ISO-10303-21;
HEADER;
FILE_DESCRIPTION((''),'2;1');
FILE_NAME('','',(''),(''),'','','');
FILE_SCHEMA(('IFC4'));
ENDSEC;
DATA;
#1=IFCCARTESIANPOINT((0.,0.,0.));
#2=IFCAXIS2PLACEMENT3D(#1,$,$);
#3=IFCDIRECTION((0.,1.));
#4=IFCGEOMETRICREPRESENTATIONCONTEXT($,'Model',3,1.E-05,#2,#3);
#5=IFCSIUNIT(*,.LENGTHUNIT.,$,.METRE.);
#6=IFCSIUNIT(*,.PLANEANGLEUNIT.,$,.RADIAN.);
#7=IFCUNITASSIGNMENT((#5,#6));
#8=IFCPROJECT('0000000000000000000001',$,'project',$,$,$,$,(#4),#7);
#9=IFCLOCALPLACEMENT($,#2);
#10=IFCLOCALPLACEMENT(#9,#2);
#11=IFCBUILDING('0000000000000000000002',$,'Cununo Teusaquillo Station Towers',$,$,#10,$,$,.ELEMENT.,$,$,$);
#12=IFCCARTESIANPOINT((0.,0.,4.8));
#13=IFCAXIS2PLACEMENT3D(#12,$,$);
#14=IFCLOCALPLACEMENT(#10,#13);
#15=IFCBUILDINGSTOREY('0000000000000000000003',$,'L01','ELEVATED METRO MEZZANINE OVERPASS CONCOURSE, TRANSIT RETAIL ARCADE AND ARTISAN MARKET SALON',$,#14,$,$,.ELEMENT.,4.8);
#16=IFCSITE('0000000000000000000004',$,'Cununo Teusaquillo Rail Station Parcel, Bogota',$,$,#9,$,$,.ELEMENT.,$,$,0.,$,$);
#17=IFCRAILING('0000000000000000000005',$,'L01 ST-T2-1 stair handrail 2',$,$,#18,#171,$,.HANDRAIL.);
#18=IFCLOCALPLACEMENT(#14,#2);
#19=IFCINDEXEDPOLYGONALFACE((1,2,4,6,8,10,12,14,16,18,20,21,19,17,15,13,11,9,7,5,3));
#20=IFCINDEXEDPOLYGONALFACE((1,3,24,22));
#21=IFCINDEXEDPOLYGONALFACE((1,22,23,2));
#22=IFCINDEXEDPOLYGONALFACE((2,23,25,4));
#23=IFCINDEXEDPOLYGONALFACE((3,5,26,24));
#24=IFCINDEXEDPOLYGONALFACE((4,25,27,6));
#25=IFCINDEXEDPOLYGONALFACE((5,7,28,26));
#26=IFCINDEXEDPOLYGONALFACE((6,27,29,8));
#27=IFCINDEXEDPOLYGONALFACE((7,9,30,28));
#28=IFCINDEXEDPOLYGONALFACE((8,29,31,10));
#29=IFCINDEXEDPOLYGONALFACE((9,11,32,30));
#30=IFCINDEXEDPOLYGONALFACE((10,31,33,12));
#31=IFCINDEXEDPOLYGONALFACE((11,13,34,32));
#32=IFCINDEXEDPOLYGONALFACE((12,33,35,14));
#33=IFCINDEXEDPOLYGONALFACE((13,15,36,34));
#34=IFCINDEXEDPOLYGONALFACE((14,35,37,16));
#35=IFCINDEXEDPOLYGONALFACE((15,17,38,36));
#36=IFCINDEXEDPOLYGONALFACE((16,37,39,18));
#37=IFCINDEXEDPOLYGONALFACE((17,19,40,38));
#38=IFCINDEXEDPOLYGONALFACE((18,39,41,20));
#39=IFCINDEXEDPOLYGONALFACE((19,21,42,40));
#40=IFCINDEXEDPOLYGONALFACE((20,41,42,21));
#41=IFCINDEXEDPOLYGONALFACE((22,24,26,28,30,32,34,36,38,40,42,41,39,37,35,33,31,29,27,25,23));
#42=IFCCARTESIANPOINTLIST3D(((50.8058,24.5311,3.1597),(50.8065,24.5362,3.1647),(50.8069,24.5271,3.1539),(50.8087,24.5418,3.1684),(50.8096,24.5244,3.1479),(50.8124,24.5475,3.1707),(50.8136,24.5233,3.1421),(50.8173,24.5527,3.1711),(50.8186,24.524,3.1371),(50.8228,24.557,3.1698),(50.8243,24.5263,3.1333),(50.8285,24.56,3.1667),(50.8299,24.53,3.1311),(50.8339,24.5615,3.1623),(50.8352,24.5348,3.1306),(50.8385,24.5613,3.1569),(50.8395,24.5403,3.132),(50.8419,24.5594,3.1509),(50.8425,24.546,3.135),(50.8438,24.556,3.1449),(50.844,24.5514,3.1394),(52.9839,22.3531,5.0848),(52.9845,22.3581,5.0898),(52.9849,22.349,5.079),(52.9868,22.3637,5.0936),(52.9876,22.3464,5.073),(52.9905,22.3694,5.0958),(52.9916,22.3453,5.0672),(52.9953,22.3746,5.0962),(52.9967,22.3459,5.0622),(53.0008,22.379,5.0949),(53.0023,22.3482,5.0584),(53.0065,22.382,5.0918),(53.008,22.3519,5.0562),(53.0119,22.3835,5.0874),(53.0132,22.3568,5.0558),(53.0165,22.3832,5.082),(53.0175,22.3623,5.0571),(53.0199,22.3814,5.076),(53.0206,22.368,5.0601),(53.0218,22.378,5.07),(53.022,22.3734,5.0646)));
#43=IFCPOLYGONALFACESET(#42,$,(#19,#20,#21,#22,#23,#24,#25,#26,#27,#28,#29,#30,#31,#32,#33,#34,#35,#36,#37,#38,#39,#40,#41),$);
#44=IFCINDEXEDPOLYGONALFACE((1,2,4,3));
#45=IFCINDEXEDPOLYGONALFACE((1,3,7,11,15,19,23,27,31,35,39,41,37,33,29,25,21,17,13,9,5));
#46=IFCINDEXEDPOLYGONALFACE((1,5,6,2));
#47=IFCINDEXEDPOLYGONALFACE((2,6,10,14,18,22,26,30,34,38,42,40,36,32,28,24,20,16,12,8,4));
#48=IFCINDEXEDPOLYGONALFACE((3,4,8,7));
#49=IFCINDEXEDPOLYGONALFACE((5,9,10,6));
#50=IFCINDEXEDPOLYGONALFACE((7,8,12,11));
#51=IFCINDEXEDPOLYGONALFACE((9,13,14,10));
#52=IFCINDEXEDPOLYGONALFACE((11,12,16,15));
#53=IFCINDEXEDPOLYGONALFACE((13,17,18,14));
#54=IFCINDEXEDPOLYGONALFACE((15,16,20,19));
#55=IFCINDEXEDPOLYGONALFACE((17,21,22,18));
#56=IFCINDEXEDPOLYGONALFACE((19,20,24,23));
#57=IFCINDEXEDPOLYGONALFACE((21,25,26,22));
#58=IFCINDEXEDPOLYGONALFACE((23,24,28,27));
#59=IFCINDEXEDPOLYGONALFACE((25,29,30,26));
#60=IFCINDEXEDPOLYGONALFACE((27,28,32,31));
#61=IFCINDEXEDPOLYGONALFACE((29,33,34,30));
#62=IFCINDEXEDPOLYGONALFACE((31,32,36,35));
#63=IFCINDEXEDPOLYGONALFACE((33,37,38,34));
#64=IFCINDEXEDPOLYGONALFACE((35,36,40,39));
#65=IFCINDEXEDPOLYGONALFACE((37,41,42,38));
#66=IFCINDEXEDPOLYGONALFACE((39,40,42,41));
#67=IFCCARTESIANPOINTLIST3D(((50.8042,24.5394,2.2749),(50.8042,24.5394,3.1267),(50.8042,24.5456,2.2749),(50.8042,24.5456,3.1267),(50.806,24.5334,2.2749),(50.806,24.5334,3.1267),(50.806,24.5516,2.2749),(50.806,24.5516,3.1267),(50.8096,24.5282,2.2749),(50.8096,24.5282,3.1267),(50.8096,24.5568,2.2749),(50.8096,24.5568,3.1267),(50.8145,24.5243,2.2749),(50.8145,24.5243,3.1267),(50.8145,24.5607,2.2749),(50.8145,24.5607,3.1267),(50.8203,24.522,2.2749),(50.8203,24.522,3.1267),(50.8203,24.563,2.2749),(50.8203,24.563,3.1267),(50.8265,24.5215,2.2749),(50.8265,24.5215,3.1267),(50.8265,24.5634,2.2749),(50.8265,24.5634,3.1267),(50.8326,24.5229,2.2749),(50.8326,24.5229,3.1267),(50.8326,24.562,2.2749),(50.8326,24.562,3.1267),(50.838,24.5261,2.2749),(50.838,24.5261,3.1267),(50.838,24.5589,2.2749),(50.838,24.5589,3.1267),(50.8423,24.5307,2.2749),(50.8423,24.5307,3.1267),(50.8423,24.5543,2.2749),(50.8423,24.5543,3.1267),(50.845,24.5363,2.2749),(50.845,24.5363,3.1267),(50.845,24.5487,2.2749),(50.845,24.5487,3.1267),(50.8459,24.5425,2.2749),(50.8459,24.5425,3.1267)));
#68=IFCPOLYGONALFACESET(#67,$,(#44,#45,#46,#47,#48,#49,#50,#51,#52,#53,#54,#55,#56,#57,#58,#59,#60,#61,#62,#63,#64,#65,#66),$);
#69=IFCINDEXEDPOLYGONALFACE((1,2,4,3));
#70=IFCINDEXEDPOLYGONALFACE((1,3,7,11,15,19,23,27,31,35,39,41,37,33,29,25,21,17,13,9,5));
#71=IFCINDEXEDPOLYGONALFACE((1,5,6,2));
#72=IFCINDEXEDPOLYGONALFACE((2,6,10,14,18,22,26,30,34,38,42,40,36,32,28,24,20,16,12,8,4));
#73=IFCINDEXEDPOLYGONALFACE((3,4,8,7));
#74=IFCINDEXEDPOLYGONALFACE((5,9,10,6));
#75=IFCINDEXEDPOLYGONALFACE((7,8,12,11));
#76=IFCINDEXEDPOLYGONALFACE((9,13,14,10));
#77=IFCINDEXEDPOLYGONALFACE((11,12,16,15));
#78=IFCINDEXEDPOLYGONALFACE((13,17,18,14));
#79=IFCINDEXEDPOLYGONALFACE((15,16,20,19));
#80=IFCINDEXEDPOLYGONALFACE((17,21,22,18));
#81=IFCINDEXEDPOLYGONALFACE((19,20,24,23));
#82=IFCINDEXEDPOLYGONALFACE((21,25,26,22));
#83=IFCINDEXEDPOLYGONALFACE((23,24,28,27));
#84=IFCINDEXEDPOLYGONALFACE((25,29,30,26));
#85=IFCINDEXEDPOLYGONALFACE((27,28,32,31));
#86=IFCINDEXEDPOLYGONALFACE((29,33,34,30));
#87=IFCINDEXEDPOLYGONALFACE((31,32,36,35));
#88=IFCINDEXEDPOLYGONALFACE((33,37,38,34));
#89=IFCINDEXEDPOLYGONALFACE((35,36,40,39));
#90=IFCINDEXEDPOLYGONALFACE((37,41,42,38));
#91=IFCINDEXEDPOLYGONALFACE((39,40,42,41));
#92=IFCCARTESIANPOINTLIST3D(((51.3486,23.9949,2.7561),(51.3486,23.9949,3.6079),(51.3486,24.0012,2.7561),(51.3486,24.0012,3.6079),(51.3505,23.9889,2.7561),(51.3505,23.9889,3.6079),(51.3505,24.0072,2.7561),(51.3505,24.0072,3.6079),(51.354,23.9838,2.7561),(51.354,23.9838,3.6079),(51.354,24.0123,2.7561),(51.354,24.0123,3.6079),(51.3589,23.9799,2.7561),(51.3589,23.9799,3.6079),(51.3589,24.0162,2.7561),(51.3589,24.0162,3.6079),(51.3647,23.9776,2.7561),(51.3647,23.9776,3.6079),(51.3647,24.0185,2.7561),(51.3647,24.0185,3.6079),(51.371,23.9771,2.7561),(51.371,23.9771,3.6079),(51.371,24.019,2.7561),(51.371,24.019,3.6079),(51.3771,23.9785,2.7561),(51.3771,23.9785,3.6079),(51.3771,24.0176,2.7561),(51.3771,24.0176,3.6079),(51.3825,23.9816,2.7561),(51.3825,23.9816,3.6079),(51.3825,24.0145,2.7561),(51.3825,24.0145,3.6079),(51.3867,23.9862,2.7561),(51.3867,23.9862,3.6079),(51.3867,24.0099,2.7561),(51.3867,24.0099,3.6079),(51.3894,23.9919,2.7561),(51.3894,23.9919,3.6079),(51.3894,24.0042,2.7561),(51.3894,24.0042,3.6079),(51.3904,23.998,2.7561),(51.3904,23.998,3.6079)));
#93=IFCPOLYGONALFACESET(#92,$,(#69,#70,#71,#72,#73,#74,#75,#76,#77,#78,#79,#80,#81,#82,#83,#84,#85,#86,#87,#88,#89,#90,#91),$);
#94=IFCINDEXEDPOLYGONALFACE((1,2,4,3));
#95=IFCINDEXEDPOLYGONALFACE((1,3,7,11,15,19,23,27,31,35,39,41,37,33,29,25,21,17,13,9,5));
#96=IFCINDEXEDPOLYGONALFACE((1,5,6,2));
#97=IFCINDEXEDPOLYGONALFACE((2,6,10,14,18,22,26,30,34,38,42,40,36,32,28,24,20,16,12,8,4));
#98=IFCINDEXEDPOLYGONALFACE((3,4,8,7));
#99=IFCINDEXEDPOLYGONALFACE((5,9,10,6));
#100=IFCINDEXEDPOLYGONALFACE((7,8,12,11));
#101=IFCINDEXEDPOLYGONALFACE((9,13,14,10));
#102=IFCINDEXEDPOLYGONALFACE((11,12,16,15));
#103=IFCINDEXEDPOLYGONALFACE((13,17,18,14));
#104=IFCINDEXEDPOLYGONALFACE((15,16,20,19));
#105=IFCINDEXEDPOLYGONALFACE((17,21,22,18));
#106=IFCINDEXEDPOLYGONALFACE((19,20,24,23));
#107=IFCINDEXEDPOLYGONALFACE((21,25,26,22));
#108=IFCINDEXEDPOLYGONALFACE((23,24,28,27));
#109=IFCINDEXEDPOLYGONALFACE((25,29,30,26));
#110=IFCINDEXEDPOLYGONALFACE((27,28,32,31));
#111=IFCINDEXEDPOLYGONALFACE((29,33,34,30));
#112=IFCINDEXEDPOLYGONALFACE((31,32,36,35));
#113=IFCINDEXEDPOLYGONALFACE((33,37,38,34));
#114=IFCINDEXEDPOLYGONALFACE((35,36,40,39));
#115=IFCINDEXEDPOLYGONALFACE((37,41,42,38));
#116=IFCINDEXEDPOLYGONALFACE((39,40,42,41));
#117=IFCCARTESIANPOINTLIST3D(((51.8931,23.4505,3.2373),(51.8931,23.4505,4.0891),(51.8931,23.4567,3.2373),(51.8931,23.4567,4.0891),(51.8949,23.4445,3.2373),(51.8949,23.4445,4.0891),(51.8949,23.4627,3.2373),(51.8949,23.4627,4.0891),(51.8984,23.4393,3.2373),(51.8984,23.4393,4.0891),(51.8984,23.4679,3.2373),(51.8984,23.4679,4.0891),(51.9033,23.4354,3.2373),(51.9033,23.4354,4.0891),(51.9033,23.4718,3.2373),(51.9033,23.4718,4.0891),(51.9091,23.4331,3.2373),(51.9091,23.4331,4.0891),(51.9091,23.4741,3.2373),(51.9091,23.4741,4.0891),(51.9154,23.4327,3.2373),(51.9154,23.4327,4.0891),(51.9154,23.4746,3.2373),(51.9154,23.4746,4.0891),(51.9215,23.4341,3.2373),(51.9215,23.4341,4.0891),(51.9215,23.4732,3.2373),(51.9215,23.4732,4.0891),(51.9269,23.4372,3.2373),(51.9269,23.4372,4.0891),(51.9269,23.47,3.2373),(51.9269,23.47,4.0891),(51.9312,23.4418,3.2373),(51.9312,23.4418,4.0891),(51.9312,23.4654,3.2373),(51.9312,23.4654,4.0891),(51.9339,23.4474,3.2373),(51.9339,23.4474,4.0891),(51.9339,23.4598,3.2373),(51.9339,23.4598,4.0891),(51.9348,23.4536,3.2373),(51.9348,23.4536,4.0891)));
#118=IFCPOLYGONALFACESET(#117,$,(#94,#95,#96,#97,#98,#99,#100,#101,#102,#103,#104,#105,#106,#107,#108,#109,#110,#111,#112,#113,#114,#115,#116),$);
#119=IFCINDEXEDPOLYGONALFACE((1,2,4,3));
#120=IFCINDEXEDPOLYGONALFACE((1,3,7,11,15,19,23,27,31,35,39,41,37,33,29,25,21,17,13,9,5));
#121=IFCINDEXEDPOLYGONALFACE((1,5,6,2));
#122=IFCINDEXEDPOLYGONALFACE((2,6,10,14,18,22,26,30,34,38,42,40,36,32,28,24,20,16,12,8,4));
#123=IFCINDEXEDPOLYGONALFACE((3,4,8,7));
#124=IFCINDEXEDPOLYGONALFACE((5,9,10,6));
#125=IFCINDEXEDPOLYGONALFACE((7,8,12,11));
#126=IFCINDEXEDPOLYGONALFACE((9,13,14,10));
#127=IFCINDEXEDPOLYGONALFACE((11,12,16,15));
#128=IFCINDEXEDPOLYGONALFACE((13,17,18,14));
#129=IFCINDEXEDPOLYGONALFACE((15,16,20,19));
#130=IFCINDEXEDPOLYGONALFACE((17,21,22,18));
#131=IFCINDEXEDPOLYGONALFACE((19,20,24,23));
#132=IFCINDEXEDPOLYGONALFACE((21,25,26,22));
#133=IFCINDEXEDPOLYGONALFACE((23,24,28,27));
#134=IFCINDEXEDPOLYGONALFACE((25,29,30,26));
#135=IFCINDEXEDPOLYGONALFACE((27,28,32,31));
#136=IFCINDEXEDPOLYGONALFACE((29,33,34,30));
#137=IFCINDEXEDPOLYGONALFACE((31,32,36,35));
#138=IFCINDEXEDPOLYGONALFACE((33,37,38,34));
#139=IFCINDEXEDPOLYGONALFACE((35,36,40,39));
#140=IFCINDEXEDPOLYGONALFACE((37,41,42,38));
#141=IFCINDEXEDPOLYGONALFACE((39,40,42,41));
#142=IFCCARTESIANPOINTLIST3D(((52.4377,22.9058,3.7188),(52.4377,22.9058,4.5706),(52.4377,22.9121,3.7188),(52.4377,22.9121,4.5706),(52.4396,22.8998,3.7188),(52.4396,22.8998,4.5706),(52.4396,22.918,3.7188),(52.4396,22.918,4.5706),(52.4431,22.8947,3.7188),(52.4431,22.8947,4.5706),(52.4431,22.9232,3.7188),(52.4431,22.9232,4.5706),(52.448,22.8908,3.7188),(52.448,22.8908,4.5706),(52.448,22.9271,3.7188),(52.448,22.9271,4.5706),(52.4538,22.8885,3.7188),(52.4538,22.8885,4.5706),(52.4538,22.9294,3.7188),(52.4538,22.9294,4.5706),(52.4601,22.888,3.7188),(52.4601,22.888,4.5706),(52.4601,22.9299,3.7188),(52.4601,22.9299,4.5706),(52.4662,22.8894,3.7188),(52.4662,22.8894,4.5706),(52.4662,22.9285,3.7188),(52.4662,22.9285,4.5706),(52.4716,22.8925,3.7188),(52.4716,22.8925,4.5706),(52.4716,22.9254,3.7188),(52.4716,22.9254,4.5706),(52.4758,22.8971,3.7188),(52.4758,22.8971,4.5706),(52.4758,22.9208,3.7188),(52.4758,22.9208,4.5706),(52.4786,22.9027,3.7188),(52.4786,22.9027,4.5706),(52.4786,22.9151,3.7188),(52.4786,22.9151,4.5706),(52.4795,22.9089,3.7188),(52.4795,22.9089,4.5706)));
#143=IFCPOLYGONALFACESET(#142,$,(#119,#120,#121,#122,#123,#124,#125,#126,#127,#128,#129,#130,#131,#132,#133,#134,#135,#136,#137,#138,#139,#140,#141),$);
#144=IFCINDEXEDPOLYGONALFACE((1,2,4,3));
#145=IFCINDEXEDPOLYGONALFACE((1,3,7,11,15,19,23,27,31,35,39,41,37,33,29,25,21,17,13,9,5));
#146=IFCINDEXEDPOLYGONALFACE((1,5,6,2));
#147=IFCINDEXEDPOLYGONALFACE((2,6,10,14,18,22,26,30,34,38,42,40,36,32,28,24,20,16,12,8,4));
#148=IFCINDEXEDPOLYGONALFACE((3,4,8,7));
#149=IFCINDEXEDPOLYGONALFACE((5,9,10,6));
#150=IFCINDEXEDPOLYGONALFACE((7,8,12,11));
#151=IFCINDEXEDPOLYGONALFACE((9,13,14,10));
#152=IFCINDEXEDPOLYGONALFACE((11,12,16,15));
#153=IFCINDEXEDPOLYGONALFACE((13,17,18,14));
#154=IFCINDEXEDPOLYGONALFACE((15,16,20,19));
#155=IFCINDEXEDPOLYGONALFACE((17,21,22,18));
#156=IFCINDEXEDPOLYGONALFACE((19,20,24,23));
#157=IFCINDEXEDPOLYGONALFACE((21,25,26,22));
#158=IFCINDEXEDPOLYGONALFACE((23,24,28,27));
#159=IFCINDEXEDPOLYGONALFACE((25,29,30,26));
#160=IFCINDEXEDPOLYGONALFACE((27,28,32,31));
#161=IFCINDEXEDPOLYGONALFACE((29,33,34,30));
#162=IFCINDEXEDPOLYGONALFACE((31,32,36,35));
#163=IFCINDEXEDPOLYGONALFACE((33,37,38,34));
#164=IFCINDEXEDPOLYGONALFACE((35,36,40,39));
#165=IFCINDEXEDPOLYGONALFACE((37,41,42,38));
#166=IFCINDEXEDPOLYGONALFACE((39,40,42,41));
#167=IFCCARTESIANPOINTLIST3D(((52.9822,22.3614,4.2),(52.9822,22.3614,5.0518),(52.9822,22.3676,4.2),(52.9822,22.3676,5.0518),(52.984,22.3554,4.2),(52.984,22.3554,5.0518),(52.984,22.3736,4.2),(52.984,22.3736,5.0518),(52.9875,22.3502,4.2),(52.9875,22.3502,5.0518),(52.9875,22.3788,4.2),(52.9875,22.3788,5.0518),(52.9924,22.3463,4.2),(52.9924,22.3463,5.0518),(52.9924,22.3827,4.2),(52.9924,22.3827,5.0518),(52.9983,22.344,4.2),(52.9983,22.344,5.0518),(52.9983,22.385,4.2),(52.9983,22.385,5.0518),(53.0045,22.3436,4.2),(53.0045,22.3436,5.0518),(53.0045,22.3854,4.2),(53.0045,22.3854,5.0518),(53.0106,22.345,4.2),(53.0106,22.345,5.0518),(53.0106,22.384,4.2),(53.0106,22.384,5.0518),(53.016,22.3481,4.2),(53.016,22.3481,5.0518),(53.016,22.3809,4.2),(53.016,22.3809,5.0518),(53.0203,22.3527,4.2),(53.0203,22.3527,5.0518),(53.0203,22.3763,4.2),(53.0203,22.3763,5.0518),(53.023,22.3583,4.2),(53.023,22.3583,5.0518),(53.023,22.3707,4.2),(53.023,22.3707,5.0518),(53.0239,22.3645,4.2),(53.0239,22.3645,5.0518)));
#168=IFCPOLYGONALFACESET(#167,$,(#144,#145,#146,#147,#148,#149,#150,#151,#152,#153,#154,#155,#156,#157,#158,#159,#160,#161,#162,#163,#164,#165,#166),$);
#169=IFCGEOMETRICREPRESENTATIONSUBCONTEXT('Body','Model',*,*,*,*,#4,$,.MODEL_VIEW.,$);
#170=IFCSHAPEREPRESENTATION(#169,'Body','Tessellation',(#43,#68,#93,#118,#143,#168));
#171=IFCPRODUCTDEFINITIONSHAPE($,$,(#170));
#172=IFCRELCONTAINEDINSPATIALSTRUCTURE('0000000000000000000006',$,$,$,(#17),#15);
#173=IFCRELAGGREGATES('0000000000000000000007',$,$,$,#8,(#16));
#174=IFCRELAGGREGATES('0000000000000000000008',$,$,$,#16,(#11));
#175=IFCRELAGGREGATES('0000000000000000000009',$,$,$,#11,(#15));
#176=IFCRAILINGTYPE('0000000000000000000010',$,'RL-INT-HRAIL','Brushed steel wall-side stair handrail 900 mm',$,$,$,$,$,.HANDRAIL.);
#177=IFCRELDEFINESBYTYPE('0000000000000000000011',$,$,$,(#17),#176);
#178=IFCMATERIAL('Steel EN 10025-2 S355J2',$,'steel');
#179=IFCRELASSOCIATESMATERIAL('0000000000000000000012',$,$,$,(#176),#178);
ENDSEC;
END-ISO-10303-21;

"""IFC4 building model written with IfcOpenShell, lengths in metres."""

from ifc_helpers import new_model, si_unit, direction, frame, origin, origin_2d, place, context, subcontext, project, spatial, circle, extrude, material, type_object, element, save


model = new_model("IFC4")

# Units and contexts
model_context = context("Model", 3, precision=1e-05, world=origin(), true_north=direction((0.0, 1.0)))
body_context = subcontext(model_context, "Body", "Model", "MODEL_VIEW")
ifc_project = project(units=[si_unit("LENGTHUNIT", "METRE"), si_unit("PLANEANGLEUNIT", "RADIAN")], contexts=[model_context])

# Site, building, storey
site_placement = place(None, origin())
site = spatial("IfcSite", under=ifc_project, at=site_placement, Name="Cununo Teusaquillo Rail Station Parcel, Bogota", CompositionType="ELEMENT", RefElevation=0.0)
building_placement = place(site_placement, origin())
building = spatial("IfcBuilding", under=site, at=building_placement, Name="Cununo Teusaquillo Station Towers", CompositionType="ELEMENT")
storey_placement = place(building_placement, frame((0.0, 0.0, 4.8)))
storey = spatial("IfcBuildingStorey", under=building, at=storey_placement, Name="L01", Description="ELEVATED METRO MEZZANINE OVERPASS CONCOURSE, TRANSIT RETAIL ARCADE AND ARTISAN MARKET SALON", CompositionType="ELEMENT", Elevation=4.8)

# Railing
ifc_material_1 = material(Name="Steel EN 10025-2 S355J2", Category="steel")
railing_type_1 = type_object("IfcRailingType", Name="RL-INT-HRAIL", Description="Brushed steel wall-side stair handrail 900 mm", PredefinedType="HANDRAIL", material=ifc_material_1)
railing_1_placement = place(storey_placement, frame((50.825, 24.5425, 2.2749)))
element("IfcRailing", 1, at=railing_1_placement, inside=storey, type_object=railing_type_1, Name="L01 ST-T2-1 stair handrail 2", PredefinedType="HANDRAIL", context=body_context, shape_type="SweptSolid", body=[
    extrude(circle(Radius=0.0239, at=origin_2d()), frame((0.0, 0.0, 0.876), z_axis=(0.599628, -0.599628, 0.529993), x_axis=(0.707107, 0.707107, 0.0)), (0.0, 0.0, 1.0), 3.6323),
    extrude(circle(Radius=0.021, at=origin_2d()), origin(), (0.0, 0.0, 1.0), 0.8518),
    extrude(circle(Radius=0.021, at=origin_2d()), frame((0.5444, -0.5444, 0.4812)), (0.0, 0.0, 1.0), 0.8518),
    extrude(circle(Radius=0.021, at=origin_2d()), frame((1.0889, -1.0889, 0.9624)), (0.0, 0.0, 1.0), 0.8518),
    extrude(circle(Radius=0.021, at=origin_2d()), frame((1.6335, -1.6335, 1.4438)), (0.0, 0.0, 1.0), 0.8518),
    extrude(circle(Radius=0.021, at=origin_2d()), frame((2.178, -2.178, 1.925)), (0.0, 0.0, 1.0), 0.8518),
])

save(model, "model.ifc")
